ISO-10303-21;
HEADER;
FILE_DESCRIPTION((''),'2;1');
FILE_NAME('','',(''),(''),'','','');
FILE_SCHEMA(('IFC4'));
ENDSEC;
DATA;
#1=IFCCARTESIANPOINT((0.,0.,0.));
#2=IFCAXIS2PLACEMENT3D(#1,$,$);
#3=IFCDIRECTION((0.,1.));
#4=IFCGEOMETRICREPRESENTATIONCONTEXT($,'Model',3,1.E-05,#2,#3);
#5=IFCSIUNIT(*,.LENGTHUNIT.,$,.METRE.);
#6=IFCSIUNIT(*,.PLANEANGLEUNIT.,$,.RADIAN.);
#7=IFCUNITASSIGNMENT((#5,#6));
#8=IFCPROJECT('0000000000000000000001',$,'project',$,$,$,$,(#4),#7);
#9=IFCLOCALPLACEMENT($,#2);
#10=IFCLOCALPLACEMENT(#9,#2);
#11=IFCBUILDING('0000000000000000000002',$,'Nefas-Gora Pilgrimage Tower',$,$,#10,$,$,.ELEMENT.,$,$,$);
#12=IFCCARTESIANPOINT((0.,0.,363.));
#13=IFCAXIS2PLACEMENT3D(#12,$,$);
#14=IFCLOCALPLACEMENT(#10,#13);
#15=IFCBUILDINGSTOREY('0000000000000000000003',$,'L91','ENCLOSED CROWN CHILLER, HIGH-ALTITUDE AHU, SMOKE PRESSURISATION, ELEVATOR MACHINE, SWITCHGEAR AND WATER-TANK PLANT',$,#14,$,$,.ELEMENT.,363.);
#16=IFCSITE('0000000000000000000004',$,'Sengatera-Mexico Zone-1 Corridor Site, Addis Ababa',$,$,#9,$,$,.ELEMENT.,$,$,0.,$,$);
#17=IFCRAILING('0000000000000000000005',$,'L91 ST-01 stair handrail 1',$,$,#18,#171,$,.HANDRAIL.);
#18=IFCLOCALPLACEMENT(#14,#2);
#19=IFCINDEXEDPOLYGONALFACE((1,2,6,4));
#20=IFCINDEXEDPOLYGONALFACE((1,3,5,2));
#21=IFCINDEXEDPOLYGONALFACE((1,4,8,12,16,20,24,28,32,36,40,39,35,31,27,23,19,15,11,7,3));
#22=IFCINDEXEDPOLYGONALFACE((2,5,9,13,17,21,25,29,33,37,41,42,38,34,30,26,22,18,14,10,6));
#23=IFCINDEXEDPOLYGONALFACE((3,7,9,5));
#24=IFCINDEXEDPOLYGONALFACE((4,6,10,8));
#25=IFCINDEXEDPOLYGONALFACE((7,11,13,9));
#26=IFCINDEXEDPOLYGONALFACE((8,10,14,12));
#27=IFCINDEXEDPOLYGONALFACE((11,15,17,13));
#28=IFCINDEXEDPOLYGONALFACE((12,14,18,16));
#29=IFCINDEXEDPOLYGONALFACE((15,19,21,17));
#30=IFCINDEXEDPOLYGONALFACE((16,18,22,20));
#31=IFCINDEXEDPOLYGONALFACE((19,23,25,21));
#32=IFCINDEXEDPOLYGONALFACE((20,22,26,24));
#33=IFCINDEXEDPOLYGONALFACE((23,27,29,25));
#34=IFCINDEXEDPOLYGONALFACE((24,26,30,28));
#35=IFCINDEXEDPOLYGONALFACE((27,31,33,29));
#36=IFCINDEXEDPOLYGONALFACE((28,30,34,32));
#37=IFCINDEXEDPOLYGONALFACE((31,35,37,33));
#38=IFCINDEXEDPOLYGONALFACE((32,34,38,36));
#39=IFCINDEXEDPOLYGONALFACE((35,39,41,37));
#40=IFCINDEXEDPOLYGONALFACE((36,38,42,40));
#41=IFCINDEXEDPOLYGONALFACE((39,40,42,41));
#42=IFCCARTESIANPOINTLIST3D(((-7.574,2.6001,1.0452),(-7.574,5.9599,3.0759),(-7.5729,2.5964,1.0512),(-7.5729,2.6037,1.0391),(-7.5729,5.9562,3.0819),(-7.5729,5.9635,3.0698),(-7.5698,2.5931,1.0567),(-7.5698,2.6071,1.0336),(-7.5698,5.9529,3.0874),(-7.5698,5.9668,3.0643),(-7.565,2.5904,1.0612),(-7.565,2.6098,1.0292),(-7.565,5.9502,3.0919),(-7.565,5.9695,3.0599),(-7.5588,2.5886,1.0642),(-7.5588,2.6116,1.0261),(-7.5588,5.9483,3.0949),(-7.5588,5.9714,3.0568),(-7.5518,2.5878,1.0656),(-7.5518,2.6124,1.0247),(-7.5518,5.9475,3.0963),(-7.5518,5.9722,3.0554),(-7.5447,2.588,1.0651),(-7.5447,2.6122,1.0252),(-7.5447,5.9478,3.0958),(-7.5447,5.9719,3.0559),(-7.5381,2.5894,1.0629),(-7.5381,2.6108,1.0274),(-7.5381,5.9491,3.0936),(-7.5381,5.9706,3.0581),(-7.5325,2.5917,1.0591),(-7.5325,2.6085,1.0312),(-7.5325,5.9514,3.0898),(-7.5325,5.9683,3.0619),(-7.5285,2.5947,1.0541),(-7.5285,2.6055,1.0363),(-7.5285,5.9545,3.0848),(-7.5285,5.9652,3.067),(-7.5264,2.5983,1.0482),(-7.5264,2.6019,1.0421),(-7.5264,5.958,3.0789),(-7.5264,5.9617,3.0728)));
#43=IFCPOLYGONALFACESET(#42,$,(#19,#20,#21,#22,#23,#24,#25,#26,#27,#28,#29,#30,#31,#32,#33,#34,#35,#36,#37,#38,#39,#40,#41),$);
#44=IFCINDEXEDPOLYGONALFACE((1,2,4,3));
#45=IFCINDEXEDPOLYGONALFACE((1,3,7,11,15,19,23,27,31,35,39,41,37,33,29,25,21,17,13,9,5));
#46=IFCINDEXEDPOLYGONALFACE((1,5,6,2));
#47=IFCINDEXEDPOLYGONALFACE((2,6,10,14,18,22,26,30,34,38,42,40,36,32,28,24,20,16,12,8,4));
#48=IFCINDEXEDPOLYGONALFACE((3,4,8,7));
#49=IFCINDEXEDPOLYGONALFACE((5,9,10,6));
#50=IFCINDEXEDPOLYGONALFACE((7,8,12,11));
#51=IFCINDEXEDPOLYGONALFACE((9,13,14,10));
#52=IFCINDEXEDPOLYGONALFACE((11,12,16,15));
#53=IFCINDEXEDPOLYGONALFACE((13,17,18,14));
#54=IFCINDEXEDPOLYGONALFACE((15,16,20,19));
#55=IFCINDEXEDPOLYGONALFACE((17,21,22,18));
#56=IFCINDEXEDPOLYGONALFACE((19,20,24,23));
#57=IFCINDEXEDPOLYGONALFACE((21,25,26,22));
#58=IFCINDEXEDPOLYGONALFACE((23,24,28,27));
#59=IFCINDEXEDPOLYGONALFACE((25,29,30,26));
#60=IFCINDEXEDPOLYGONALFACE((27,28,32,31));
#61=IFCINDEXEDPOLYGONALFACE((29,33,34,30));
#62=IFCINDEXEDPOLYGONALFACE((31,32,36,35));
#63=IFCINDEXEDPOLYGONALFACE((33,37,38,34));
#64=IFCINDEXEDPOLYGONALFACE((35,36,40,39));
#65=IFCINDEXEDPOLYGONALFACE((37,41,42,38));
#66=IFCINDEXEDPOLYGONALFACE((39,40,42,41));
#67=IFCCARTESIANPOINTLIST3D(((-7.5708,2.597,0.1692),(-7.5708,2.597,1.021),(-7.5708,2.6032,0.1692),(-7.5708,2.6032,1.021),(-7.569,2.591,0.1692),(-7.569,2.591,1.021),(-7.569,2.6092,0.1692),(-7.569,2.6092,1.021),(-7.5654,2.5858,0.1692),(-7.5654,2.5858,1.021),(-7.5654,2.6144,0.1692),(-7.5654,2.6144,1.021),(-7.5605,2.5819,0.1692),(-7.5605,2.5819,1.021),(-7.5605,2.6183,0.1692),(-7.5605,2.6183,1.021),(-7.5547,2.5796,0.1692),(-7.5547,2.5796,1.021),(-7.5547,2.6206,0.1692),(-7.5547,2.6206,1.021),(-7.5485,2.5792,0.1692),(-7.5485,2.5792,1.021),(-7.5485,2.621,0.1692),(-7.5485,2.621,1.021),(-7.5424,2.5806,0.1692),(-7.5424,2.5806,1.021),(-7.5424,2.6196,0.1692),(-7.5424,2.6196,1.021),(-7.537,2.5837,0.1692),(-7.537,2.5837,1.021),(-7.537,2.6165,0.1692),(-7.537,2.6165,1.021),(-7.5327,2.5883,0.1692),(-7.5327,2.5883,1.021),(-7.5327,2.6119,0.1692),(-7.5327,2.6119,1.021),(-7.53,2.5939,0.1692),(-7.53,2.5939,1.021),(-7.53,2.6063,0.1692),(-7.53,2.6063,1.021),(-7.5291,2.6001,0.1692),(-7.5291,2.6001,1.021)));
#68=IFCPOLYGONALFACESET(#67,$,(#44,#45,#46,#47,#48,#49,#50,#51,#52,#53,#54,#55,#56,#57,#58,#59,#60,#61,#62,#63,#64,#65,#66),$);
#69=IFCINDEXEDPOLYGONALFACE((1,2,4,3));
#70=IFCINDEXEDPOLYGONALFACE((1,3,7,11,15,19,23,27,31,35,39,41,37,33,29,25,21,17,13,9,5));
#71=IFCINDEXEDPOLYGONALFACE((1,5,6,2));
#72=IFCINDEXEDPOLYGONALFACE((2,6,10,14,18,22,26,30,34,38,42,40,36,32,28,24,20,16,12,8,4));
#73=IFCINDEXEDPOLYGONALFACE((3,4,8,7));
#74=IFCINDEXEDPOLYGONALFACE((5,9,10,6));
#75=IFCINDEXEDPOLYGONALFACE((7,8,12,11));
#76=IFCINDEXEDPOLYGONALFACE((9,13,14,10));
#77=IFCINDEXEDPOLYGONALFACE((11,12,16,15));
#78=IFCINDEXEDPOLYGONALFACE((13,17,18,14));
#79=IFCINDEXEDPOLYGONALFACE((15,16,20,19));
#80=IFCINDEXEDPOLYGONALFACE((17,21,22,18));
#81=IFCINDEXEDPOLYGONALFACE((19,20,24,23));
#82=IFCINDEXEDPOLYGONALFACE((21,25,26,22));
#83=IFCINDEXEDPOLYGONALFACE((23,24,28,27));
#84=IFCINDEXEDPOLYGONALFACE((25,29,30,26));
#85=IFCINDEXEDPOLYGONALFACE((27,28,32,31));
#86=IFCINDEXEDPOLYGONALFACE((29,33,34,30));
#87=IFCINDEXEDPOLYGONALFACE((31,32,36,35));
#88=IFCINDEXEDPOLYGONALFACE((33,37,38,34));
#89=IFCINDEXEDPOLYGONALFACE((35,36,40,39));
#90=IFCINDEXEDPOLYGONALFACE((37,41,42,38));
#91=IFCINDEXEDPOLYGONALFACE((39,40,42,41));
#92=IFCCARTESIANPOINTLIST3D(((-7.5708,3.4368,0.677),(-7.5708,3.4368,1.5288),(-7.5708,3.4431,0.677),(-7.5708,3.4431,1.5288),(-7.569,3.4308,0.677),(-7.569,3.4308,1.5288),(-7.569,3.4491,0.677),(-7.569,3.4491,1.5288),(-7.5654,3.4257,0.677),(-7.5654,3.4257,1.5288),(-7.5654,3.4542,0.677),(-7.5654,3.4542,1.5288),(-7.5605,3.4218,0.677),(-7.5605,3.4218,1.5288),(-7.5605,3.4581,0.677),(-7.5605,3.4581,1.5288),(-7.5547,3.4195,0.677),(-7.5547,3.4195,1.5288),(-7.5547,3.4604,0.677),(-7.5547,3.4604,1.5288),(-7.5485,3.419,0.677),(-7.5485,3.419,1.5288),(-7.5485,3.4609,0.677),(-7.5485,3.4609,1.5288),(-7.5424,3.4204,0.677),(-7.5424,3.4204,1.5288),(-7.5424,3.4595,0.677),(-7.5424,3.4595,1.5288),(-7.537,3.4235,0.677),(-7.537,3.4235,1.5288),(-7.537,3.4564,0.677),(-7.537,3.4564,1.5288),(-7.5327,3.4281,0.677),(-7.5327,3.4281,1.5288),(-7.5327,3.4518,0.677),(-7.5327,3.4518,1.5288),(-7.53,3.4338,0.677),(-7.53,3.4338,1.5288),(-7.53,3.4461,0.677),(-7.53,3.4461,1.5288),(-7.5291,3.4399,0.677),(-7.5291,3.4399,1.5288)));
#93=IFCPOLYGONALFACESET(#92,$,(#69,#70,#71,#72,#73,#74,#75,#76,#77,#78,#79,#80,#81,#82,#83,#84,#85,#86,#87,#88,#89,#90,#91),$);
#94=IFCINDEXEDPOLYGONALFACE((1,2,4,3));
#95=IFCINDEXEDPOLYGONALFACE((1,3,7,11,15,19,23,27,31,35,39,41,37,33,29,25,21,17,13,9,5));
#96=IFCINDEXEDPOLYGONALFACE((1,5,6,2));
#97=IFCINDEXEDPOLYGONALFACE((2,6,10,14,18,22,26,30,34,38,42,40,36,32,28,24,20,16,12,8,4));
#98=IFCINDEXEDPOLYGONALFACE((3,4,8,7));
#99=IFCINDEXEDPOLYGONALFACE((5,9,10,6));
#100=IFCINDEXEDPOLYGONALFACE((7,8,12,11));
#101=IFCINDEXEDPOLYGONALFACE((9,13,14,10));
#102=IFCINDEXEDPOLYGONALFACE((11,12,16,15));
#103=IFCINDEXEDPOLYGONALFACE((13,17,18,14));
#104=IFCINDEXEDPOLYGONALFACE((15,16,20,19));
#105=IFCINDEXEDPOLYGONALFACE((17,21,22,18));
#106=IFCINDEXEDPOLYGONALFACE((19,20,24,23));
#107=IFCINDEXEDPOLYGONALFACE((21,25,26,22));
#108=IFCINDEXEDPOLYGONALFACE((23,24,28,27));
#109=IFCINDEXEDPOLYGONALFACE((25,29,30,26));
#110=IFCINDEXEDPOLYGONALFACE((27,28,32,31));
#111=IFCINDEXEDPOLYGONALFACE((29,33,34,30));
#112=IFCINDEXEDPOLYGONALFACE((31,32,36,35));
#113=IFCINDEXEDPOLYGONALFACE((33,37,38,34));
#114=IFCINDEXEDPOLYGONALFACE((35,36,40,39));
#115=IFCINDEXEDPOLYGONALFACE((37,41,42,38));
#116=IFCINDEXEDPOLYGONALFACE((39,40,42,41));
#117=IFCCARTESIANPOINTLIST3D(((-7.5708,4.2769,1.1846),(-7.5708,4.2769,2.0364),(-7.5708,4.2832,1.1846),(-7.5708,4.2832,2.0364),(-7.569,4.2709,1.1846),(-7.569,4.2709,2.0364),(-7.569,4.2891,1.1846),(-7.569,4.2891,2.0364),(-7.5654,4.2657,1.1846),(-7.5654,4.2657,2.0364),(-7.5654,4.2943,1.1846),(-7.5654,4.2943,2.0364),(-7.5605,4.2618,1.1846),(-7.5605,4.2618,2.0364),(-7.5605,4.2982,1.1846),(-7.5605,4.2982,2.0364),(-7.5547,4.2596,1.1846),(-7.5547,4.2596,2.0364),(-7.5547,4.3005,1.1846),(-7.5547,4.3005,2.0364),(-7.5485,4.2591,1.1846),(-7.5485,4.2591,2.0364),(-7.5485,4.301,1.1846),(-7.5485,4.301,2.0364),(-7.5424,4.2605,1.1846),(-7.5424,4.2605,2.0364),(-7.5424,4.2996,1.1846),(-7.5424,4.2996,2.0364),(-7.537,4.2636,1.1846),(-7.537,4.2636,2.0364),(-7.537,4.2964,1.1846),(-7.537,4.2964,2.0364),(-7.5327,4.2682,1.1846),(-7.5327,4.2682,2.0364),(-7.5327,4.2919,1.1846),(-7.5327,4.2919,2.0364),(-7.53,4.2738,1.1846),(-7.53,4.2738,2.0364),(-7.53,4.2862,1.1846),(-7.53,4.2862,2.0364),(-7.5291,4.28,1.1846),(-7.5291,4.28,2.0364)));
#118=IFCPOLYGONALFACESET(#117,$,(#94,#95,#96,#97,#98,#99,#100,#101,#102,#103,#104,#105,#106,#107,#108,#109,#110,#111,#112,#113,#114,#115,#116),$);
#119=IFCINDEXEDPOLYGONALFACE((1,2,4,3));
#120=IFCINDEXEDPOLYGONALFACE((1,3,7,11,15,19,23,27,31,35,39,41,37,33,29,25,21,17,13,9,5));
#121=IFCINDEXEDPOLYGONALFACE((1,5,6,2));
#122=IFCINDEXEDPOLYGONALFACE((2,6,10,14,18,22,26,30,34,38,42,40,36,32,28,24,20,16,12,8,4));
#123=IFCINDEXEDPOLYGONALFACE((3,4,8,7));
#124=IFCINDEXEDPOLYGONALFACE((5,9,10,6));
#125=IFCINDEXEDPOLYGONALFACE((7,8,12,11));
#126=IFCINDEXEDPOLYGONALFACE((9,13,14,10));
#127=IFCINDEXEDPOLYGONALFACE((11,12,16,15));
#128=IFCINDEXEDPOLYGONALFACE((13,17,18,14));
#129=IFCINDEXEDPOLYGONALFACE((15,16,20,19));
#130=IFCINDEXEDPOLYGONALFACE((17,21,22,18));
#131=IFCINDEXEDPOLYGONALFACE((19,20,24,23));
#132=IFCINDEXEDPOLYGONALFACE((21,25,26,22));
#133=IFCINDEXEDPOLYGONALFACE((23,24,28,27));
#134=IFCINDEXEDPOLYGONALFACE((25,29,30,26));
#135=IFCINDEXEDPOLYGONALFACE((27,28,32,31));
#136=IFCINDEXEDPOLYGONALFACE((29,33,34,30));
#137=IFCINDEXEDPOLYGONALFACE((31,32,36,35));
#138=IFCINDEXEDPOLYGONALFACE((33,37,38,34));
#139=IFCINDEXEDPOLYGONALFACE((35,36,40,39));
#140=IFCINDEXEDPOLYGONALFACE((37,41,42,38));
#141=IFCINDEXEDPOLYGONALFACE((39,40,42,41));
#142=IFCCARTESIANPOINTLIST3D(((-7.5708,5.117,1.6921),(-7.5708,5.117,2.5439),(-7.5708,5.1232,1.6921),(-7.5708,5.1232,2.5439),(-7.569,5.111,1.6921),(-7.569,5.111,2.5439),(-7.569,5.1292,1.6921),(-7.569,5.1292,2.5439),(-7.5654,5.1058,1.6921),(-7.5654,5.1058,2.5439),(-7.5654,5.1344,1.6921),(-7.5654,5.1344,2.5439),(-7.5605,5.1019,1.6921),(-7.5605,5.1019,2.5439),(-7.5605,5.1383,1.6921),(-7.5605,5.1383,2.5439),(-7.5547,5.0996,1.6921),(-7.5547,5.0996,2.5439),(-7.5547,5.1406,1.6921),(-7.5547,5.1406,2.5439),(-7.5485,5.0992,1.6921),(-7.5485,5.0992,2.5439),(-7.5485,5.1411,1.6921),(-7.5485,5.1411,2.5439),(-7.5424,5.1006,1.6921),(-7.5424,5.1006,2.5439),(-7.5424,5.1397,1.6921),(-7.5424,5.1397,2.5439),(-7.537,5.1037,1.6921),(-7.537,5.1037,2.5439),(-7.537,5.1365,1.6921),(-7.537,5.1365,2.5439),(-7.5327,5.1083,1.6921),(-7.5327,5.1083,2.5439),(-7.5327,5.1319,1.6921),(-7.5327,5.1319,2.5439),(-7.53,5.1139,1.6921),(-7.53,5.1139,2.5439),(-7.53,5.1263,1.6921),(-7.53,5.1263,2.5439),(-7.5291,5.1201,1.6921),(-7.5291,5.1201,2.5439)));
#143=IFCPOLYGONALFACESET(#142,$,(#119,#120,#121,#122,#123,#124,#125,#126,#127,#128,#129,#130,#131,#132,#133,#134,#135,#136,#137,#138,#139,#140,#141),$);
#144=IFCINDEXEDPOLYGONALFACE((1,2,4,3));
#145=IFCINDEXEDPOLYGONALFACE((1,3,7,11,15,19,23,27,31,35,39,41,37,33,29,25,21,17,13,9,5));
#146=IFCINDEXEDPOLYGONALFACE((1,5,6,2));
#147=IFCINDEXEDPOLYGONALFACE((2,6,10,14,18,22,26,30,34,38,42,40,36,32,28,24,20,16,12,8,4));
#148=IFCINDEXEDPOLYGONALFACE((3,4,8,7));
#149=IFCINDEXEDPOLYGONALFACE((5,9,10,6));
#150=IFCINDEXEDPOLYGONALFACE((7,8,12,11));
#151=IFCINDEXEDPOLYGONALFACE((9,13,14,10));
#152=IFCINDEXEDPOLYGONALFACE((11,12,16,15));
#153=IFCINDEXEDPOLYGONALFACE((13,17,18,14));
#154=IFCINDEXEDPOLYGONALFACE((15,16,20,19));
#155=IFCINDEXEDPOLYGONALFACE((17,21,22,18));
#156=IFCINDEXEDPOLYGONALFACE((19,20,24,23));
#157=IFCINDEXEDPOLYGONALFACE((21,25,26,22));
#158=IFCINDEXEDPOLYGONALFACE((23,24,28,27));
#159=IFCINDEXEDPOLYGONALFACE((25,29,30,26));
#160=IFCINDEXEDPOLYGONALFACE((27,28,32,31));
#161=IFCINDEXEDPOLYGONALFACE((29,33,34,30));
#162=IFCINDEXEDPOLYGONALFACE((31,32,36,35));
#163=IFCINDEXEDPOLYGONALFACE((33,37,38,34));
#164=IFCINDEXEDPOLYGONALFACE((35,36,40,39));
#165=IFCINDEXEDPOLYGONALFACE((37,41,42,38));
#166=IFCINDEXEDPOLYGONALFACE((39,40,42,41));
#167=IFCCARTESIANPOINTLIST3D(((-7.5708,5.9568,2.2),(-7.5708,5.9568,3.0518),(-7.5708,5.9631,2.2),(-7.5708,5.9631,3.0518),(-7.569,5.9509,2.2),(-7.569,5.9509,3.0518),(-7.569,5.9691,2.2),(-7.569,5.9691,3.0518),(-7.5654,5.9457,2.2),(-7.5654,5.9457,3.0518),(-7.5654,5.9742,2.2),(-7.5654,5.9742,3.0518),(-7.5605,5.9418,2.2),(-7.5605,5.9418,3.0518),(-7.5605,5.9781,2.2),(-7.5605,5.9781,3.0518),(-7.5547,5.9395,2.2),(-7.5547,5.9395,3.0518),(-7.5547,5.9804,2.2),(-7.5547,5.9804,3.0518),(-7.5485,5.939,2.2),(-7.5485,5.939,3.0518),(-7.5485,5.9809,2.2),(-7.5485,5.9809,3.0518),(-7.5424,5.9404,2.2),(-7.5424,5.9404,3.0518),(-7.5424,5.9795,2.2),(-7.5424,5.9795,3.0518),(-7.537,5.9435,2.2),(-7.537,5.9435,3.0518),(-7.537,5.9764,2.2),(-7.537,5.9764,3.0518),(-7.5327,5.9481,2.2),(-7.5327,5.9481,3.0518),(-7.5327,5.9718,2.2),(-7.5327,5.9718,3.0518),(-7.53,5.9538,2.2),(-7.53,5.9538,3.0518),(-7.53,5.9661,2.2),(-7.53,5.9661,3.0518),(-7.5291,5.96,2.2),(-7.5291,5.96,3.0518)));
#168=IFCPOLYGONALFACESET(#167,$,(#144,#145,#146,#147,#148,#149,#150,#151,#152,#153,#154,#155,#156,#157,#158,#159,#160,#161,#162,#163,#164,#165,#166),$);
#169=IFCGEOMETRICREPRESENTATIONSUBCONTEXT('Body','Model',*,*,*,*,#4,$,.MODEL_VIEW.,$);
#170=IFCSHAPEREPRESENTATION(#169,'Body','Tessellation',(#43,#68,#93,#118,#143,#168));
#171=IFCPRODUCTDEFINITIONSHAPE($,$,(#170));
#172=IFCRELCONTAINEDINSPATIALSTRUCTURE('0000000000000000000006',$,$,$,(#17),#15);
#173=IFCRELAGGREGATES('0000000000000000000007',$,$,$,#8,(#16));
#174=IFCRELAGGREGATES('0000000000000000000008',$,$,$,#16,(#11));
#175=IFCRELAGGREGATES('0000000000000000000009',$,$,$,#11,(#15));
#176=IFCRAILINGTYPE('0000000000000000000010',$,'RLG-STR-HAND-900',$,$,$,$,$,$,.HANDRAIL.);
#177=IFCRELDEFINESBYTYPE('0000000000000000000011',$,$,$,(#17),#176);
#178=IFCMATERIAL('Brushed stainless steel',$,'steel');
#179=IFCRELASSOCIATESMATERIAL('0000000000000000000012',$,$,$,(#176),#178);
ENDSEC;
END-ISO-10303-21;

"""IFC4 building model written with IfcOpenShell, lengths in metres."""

from ifc_helpers import new_model, si_unit, direction, frame, origin, origin_2d, place, context, subcontext, project, spatial, circle, extrude, material, type_object, element, save


model = new_model("IFC4")

# Units and contexts
model_context = context("Model", 3, precision=1e-05, world=origin(), true_north=direction((0.0, 1.0)))
body_context = subcontext(model_context, "Body", "Model", "MODEL_VIEW")
ifc_project = project(units=[si_unit("LENGTHUNIT", "METRE"), si_unit("PLANEANGLEUNIT", "RADIAN")], contexts=[model_context])

# Site, building, storey
site_placement = place(None, origin())
site = spatial("IfcSite", under=ifc_project, at=site_placement, Name="Sengatera-Mexico Zone-1 Corridor Site, Addis Ababa", CompositionType="ELEMENT", RefElevation=0.0)
building_placement = place(site_placement, origin())
building = spatial("IfcBuilding", under=site, at=building_placement, Name="Nefas-Gora Pilgrimage Tower", CompositionType="ELEMENT")
storey_placement = place(building_placement, frame((0.0, 0.0, 363.0)))
storey = spatial("IfcBuildingStorey", under=building, at=storey_placement, Name="L91", Description="ENCLOSED CROWN CHILLER, HIGH-ALTITUDE AHU, SMOKE PRESSURISATION, ELEVATOR MACHINE, SWITCHGEAR AND WATER-TANK PLANT", CompositionType="ELEMENT", Elevation=363.0)

# Railing
ifc_material_1 = material(Name="Brushed stainless steel", Category="steel")
railing_type_1 = type_object("IfcRailingType", Name="RLG-STR-HAND-900", PredefinedType="HANDRAIL", material=ifc_material_1)
railing_1_placement = place(storey_placement, frame((-7.55, 2.6001, 0.1692)))
element("IfcRailing", 1, at=railing_1_placement, inside=storey, type_object=railing_type_1, Name="L91 ST-01 stair handrail 1", PredefinedType="HANDRAIL", context=body_context, shape_type="SweptSolid", body=[
    extrude(circle(Radius=0.0239, at=origin_2d()), frame((0.0, 0.0, 0.876), z_axis=(0.0, 0.85582, 0.517273), x_axis=(-1.0, 0.0, 0.0)), (0.0, 0.0, 1.0), 3.9258),
    extrude(circle(Radius=0.021, at=origin_2d()), origin(), (0.0, 0.0, 1.0), 0.8518),
    extrude(circle(Radius=0.021, at=origin_2d()), frame((0.0, 0.8398, 0.5078)), (0.0, 0.0, 1.0), 0.8518),
    extrude(circle(Radius=0.021, at=origin_2d()), frame((0.0, 1.6799, 1.0154)), (0.0, 0.0, 1.0), 0.8518),
    extrude(circle(Radius=0.021, at=origin_2d()), frame((0.0, 2.52, 1.5229)), (0.0, 0.0, 1.0), 0.8518),
    extrude(circle(Radius=0.021, at=origin_2d()), frame((0.0, 3.3599, 2.0308)), (0.0, 0.0, 1.0), 0.8518),
])

save(model, "model.ifc")
